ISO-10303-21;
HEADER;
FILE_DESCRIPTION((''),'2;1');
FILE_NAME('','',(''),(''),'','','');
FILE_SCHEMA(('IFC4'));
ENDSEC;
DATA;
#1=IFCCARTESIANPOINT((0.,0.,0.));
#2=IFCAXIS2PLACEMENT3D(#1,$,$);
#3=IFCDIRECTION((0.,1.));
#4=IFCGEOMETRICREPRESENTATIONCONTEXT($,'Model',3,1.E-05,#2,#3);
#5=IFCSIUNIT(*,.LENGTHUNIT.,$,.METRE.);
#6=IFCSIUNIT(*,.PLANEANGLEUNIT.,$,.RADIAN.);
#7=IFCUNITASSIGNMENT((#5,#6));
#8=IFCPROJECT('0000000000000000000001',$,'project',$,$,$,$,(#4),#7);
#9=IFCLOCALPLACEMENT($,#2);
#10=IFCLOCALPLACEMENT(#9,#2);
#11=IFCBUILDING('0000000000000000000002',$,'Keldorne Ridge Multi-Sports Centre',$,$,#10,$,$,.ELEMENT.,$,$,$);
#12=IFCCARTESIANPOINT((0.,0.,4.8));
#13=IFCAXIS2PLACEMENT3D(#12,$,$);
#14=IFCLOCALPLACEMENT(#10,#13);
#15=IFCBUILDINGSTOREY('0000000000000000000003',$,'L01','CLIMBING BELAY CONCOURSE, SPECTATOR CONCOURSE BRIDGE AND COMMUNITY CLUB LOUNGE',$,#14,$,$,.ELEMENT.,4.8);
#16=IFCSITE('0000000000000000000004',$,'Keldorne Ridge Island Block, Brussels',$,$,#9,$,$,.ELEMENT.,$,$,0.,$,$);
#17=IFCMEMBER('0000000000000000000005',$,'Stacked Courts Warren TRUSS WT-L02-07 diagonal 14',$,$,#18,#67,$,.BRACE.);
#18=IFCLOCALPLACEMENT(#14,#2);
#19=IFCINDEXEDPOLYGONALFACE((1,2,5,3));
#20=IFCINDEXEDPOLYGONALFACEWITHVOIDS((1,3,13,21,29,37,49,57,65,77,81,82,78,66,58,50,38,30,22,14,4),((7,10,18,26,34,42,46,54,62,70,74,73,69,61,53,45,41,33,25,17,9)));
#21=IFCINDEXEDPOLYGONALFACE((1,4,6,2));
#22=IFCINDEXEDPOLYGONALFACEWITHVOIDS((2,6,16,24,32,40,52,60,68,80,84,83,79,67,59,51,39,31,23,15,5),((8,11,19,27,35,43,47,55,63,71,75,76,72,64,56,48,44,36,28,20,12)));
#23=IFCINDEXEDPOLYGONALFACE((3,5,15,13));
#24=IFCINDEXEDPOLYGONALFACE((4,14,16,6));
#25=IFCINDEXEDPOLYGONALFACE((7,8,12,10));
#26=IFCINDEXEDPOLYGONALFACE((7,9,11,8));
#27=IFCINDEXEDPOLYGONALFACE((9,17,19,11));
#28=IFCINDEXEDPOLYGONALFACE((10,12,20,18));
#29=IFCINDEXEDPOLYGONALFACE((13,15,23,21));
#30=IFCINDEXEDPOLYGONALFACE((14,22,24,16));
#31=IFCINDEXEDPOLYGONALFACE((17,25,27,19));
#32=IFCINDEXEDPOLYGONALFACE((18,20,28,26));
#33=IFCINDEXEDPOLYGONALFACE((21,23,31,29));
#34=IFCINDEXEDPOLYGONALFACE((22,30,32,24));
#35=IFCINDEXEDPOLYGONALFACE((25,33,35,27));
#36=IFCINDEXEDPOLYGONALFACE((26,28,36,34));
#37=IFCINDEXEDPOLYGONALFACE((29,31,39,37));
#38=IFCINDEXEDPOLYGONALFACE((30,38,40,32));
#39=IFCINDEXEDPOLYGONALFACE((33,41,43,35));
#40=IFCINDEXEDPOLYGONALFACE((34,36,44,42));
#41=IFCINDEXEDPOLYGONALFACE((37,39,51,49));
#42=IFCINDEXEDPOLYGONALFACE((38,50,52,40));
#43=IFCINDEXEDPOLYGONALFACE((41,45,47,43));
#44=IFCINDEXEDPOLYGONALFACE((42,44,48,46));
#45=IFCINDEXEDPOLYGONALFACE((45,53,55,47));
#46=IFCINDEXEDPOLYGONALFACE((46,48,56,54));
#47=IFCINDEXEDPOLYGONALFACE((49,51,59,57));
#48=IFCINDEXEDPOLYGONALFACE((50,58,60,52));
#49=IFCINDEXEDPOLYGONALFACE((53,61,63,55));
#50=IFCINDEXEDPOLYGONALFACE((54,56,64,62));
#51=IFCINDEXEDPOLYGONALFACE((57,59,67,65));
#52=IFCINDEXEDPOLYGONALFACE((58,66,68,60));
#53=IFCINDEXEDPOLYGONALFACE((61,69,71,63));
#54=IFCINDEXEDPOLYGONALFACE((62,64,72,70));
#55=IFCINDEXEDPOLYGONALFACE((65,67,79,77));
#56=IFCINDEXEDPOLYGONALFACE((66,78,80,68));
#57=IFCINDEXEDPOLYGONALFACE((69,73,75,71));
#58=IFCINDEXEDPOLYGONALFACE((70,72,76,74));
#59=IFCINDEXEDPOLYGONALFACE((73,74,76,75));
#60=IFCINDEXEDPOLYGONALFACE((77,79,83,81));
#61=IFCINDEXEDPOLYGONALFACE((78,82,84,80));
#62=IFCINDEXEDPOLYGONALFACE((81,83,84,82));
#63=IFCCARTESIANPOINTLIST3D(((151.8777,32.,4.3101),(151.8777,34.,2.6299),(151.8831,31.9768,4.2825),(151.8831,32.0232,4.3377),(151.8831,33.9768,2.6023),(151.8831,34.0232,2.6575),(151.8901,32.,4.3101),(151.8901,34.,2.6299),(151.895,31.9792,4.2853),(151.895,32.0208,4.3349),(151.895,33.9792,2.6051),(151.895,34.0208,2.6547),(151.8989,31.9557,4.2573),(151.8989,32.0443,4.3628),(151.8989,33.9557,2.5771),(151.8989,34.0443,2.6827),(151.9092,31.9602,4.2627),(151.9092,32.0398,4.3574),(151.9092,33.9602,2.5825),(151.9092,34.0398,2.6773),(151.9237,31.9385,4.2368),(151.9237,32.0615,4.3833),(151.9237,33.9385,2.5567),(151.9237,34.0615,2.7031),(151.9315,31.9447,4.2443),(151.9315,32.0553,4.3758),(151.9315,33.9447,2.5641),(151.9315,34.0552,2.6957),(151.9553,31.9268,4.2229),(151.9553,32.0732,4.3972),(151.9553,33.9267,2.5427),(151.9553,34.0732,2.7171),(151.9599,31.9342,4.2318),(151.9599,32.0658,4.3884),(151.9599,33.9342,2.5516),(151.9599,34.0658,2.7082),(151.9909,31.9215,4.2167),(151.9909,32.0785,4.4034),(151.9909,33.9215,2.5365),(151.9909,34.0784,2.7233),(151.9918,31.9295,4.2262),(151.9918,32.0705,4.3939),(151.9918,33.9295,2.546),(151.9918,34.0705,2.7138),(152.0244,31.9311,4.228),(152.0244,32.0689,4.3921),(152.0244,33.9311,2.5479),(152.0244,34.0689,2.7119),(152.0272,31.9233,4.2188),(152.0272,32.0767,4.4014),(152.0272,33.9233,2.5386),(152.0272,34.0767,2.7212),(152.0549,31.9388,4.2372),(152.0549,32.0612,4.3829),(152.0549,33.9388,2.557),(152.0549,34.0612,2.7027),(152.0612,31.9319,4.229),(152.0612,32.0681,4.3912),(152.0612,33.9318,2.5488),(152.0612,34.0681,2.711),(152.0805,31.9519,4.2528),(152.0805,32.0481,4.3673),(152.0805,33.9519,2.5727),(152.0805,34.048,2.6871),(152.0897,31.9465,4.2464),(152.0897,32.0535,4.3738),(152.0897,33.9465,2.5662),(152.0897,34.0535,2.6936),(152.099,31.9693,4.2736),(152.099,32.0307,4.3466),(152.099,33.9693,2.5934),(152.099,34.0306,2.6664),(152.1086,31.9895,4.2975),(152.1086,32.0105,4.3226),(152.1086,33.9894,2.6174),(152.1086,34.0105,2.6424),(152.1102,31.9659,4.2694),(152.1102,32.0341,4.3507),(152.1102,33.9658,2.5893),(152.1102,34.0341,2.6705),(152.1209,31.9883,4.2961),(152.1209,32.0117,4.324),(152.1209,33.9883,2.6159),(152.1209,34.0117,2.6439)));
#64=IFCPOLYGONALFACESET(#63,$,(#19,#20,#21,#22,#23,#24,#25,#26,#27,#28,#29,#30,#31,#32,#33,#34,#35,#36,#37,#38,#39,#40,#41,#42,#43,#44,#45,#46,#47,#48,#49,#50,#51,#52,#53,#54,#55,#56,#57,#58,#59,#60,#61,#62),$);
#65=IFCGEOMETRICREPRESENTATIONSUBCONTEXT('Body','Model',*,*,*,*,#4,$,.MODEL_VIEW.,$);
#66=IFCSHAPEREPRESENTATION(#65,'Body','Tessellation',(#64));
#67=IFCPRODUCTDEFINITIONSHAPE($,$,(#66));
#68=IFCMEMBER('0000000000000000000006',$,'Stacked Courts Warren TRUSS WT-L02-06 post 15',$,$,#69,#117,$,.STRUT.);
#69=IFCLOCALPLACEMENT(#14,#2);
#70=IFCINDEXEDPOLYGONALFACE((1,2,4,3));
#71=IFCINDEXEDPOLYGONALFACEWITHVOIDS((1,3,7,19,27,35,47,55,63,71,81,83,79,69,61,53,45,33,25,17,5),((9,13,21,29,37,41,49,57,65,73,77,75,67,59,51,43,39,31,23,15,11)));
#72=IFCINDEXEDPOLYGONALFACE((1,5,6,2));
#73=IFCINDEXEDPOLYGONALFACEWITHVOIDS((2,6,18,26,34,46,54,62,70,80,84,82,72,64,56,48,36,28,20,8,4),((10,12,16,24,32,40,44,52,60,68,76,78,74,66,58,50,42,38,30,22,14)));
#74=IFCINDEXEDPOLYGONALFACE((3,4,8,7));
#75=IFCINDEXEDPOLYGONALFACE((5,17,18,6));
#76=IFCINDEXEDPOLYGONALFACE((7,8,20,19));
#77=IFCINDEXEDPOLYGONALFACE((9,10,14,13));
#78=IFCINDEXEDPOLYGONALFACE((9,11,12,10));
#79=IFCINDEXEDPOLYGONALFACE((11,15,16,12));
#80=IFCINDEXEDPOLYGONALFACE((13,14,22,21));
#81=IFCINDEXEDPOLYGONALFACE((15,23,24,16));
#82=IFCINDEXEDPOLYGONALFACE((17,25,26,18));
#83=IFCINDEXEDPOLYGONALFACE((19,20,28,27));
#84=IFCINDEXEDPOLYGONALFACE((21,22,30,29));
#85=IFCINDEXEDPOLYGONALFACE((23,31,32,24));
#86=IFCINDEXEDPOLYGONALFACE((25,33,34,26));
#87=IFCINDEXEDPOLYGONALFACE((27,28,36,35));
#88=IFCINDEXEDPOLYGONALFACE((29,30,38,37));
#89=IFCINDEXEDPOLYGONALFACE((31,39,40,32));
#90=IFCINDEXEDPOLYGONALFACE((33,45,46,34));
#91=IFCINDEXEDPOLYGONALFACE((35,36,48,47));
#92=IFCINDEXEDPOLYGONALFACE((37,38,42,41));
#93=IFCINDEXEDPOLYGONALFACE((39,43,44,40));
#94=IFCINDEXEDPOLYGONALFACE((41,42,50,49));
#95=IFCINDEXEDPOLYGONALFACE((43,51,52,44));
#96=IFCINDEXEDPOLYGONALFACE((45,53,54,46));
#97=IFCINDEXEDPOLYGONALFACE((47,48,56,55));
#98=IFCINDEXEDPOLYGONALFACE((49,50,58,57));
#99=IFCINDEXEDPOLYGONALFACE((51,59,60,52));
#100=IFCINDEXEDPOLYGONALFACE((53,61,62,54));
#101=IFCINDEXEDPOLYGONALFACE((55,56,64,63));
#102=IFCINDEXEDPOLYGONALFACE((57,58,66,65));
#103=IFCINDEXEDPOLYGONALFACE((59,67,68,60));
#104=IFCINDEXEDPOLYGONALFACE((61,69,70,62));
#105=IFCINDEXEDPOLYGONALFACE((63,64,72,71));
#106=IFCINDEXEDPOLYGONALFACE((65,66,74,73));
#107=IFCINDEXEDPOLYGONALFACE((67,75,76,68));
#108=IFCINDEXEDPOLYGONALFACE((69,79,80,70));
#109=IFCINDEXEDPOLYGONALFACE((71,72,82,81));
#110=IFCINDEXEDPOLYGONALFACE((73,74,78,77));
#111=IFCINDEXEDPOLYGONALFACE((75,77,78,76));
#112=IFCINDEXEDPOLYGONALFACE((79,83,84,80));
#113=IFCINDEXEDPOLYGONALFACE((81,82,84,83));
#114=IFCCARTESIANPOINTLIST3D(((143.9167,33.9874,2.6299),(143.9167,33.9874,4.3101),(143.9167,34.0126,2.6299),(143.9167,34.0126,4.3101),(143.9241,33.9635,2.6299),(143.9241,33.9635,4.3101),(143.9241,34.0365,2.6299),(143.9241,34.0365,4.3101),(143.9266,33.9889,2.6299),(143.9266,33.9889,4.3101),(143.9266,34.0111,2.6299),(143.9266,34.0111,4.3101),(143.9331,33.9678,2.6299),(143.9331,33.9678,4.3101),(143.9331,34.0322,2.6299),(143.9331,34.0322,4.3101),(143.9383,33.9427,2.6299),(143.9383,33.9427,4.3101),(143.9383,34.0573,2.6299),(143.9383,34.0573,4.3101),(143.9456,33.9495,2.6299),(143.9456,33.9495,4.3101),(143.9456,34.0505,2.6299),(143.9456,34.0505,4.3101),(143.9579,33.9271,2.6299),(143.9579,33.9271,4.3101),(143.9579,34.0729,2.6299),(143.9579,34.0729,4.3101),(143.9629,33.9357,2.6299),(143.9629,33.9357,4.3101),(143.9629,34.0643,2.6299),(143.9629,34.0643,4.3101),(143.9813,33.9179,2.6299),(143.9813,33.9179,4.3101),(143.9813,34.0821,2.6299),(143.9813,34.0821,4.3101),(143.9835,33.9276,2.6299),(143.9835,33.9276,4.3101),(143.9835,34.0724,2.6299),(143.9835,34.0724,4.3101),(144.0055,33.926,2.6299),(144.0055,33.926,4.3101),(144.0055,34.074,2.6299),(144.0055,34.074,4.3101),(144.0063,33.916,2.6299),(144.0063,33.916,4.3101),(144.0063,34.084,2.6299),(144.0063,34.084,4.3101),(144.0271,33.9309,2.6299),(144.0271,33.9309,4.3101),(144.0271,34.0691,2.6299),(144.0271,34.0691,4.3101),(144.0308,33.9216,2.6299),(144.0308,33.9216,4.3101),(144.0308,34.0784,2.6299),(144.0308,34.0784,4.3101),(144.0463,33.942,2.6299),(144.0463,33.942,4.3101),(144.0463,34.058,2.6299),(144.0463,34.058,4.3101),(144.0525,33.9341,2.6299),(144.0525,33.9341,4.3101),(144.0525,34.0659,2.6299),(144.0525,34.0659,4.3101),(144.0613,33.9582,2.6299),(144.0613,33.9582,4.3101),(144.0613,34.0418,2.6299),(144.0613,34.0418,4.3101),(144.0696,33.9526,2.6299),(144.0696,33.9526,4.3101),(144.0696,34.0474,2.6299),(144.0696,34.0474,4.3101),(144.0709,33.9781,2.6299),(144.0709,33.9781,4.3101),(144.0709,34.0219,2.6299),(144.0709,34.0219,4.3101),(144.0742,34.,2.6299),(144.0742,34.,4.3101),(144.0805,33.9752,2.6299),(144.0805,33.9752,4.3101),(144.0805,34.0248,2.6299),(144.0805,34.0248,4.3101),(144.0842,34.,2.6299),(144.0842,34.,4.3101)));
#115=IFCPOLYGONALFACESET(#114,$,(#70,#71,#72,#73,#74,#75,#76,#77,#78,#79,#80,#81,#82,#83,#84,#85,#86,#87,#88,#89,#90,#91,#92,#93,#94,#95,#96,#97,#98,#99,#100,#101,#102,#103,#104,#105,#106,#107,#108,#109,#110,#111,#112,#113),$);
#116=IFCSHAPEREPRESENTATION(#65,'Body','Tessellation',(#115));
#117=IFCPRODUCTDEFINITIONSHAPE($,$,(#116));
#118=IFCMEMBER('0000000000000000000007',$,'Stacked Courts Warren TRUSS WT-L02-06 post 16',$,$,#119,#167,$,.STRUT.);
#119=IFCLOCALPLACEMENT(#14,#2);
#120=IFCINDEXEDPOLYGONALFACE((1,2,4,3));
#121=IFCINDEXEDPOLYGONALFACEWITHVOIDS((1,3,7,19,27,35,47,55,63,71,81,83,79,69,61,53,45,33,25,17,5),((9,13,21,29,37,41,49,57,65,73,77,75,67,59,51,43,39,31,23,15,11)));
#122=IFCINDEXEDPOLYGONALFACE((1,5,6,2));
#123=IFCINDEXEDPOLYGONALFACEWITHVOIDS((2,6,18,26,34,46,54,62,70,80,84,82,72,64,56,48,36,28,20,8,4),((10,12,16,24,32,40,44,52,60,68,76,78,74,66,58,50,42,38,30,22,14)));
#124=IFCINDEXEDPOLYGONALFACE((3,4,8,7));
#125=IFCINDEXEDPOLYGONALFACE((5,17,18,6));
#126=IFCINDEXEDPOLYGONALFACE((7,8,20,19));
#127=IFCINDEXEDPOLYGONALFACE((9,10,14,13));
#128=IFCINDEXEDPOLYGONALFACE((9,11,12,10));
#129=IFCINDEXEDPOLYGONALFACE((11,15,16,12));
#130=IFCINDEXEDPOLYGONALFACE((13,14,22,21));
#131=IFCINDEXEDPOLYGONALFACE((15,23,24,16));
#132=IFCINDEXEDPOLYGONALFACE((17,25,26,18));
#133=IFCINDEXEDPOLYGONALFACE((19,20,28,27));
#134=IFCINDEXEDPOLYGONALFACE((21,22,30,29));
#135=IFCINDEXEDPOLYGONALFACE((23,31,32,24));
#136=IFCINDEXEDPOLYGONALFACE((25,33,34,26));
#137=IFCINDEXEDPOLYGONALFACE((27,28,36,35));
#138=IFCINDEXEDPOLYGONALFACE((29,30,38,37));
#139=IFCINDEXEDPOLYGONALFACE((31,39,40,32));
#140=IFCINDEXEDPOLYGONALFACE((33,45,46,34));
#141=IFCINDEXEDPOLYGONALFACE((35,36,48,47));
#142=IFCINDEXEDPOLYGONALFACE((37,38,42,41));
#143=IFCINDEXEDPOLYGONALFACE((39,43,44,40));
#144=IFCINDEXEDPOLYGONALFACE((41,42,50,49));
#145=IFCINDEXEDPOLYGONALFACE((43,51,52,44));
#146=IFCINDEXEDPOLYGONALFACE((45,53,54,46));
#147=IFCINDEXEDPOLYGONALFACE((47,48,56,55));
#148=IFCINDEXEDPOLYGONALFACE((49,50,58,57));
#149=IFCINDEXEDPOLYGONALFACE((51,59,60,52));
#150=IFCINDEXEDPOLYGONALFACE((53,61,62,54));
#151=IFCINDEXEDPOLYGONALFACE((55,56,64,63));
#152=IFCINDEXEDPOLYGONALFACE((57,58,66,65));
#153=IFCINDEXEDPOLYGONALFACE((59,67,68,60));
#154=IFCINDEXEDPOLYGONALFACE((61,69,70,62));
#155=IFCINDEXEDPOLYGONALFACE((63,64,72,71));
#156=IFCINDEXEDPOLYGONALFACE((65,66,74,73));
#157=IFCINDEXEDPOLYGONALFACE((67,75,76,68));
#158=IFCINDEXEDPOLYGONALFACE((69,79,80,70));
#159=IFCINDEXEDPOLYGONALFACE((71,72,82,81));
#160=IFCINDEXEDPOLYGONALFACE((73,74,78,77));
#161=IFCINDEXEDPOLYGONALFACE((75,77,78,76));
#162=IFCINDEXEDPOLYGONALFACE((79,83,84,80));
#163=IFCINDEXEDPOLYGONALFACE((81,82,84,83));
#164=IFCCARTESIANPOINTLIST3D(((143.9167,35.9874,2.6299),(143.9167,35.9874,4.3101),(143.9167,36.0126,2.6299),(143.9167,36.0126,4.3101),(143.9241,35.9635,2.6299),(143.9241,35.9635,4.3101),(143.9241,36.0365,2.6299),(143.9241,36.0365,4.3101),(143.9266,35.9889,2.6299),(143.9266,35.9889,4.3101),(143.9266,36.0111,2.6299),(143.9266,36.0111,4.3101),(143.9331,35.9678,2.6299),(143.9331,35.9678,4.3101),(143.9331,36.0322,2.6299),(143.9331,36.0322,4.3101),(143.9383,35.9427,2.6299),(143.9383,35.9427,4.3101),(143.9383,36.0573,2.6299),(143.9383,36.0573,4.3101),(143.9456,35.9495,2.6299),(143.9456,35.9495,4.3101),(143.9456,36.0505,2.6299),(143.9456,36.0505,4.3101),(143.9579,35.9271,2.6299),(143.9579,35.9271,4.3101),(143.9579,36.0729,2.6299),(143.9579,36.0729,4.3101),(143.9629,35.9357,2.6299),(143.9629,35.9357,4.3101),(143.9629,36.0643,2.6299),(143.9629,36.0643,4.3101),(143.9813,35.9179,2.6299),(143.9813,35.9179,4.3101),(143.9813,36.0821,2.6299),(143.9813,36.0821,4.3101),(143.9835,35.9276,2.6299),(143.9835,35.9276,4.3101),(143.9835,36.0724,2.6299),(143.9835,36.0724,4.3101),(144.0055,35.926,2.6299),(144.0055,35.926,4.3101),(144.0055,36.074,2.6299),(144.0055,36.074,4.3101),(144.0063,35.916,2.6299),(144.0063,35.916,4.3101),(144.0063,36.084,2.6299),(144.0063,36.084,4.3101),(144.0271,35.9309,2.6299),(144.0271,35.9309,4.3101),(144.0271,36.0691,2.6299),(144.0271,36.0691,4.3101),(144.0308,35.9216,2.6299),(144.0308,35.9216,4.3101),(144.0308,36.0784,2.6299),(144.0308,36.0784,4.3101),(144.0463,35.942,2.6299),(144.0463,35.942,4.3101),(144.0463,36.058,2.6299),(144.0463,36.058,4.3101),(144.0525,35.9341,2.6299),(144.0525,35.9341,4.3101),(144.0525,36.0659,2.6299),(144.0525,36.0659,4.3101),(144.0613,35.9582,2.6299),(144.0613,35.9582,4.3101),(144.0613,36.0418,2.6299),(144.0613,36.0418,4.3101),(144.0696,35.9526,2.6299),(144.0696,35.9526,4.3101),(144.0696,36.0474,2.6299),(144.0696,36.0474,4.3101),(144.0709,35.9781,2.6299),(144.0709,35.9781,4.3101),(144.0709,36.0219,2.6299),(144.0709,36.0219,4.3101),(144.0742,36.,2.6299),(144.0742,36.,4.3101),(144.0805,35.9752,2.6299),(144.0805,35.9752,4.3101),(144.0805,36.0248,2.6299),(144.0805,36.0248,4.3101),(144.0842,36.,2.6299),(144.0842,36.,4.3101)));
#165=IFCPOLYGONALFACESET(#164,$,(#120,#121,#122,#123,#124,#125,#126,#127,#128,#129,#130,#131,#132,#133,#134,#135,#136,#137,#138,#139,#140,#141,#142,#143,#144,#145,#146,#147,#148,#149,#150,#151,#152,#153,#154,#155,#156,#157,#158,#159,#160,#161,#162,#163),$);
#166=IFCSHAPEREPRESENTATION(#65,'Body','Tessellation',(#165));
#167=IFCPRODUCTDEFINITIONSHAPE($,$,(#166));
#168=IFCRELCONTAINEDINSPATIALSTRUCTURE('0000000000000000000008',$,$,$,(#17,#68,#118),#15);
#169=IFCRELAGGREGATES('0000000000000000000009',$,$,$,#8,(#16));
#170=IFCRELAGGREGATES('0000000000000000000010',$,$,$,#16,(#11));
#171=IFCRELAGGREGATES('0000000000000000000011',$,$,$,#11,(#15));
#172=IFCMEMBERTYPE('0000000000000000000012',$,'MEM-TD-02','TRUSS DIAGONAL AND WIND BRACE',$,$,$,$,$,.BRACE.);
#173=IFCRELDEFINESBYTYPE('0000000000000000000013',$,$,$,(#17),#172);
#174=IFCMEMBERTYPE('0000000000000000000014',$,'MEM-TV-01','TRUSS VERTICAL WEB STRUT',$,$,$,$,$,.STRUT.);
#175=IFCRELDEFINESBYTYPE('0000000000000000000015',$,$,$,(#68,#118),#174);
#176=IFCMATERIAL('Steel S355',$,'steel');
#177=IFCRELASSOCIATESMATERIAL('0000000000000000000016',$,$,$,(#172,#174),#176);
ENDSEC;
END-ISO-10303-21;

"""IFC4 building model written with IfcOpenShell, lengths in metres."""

from ifc_helpers import new_model, si_unit, direction, frame, origin, origin_2d, place, context, subcontext, project, spatial, hollow_circle, extrude, material, material_profile, profile_set, type_object, element, save


model = new_model("IFC4")

# Units and contexts
model_context = context("Model", 3, precision=1e-05, world=origin(), true_north=direction((0.0, 1.0)))
body_context = subcontext(model_context, "Body", "Model", "MODEL_VIEW")
ifc_project = project(units=[si_unit("LENGTHUNIT", "METRE"), si_unit("PLANEANGLEUNIT", "RADIAN")], contexts=[model_context])

# Site, building, storey
site_placement = place(None, origin())
site = spatial("IfcSite", under=ifc_project, at=site_placement, Name="Keldorne Ridge Island Block, Brussels", CompositionType="ELEMENT", RefElevation=0.0)
building_placement = place(site_placement, origin())
building = spatial("IfcBuilding", under=site, at=building_placement, Name="Keldorne Ridge Multi-Sports Centre", CompositionType="ELEMENT")
storey_placement = place(building_placement, frame((0.0, 0.0, 4.8)))
storey = spatial("IfcBuildingStorey", under=building, at=storey_placement, Name="L01", Description="CLIMBING BELAY CONCOURSE, SPECTATOR CONCOURSE BRIDGE AND COMMUNITY CLUB LOUNGE", CompositionType="ELEMENT", Elevation=4.8)

# Members
ifc_material = material(Name="Steel S355", Category="steel")
ifc_material_profile_1 = material_profile(ifc_material, hollow_circle(Radius=0.1223, WallThickness=0.0125, at=origin_2d()), Name="CHS 244.5x12.5")
ifc_profile_set_1 = profile_set([ifc_material_profile_1], Name="Steel S355")
member_type_1 = type_object("IfcMemberType", Name="MEM-TD-02", Description="TRUSS DIAGONAL AND WIND BRACE", PredefinedType="BRACE", material=ifc_profile_set_1)
for number, where, z_axis, x_axis, name in (
    (1, (152.0, 32.0, 4.3101), (0.0, 0.765672, -0.643232), (-1.0, 0.0, 0.0), "Stacked Courts Warren TRUSS WT-L02-07 diagonal 14"),
):
    element("IfcMember", number, at=place(storey_placement, frame(where, z_axis=z_axis, x_axis=x_axis)), inside=storey, type_object=member_type_1, Name=name, PredefinedType="BRACE", context=body_context, shape_type="SweptSolid", body=[
        extrude(hollow_circle(Radius=0.1223, WallThickness=0.0125, at=origin_2d()), origin(), (0.0, 0.0, 1.0), 2.6121),
    ])
ifc_material_profile_2 = material_profile(ifc_material, hollow_circle(Radius=0.0842, WallThickness=0.01, at=origin_2d()), Name="CHS 168.3x10")
ifc_profile_set_2 = profile_set([ifc_material_profile_2], Name="Steel S355")
member_type_2 = type_object("IfcMemberType", Name="MEM-TV-01", Description="TRUSS VERTICAL WEB STRUT", PredefinedType="STRUT", material=ifc_profile_set_2)
for number, where, z_axis, x_axis, name in (
    (2, (144.0, 34.0, 2.6299), (0.0, 0.0, 1.0), (1.0, 0.0, 0.0), "Stacked Courts Warren TRUSS WT-L02-06 post 15"),
    (3, (144.0, 36.0, 2.6299), (0.0, 0.0, 1.0), (1.0, 0.0, 0.0), "Stacked Courts Warren TRUSS WT-L02-06 post 16"),
):
    element("IfcMember", number, at=place(storey_placement, frame(where, z_axis=z_axis, x_axis=x_axis)), inside=storey, type_object=member_type_2, Name=name, PredefinedType="STRUT", context=body_context, shape_type="SweptSolid", body=[
        extrude(hollow_circle(Radius=0.0842, WallThickness=0.01, at=origin_2d()), origin(), (0.0, 0.0, 1.0), 1.6802),
    ])

save(model, "model.ifc")
